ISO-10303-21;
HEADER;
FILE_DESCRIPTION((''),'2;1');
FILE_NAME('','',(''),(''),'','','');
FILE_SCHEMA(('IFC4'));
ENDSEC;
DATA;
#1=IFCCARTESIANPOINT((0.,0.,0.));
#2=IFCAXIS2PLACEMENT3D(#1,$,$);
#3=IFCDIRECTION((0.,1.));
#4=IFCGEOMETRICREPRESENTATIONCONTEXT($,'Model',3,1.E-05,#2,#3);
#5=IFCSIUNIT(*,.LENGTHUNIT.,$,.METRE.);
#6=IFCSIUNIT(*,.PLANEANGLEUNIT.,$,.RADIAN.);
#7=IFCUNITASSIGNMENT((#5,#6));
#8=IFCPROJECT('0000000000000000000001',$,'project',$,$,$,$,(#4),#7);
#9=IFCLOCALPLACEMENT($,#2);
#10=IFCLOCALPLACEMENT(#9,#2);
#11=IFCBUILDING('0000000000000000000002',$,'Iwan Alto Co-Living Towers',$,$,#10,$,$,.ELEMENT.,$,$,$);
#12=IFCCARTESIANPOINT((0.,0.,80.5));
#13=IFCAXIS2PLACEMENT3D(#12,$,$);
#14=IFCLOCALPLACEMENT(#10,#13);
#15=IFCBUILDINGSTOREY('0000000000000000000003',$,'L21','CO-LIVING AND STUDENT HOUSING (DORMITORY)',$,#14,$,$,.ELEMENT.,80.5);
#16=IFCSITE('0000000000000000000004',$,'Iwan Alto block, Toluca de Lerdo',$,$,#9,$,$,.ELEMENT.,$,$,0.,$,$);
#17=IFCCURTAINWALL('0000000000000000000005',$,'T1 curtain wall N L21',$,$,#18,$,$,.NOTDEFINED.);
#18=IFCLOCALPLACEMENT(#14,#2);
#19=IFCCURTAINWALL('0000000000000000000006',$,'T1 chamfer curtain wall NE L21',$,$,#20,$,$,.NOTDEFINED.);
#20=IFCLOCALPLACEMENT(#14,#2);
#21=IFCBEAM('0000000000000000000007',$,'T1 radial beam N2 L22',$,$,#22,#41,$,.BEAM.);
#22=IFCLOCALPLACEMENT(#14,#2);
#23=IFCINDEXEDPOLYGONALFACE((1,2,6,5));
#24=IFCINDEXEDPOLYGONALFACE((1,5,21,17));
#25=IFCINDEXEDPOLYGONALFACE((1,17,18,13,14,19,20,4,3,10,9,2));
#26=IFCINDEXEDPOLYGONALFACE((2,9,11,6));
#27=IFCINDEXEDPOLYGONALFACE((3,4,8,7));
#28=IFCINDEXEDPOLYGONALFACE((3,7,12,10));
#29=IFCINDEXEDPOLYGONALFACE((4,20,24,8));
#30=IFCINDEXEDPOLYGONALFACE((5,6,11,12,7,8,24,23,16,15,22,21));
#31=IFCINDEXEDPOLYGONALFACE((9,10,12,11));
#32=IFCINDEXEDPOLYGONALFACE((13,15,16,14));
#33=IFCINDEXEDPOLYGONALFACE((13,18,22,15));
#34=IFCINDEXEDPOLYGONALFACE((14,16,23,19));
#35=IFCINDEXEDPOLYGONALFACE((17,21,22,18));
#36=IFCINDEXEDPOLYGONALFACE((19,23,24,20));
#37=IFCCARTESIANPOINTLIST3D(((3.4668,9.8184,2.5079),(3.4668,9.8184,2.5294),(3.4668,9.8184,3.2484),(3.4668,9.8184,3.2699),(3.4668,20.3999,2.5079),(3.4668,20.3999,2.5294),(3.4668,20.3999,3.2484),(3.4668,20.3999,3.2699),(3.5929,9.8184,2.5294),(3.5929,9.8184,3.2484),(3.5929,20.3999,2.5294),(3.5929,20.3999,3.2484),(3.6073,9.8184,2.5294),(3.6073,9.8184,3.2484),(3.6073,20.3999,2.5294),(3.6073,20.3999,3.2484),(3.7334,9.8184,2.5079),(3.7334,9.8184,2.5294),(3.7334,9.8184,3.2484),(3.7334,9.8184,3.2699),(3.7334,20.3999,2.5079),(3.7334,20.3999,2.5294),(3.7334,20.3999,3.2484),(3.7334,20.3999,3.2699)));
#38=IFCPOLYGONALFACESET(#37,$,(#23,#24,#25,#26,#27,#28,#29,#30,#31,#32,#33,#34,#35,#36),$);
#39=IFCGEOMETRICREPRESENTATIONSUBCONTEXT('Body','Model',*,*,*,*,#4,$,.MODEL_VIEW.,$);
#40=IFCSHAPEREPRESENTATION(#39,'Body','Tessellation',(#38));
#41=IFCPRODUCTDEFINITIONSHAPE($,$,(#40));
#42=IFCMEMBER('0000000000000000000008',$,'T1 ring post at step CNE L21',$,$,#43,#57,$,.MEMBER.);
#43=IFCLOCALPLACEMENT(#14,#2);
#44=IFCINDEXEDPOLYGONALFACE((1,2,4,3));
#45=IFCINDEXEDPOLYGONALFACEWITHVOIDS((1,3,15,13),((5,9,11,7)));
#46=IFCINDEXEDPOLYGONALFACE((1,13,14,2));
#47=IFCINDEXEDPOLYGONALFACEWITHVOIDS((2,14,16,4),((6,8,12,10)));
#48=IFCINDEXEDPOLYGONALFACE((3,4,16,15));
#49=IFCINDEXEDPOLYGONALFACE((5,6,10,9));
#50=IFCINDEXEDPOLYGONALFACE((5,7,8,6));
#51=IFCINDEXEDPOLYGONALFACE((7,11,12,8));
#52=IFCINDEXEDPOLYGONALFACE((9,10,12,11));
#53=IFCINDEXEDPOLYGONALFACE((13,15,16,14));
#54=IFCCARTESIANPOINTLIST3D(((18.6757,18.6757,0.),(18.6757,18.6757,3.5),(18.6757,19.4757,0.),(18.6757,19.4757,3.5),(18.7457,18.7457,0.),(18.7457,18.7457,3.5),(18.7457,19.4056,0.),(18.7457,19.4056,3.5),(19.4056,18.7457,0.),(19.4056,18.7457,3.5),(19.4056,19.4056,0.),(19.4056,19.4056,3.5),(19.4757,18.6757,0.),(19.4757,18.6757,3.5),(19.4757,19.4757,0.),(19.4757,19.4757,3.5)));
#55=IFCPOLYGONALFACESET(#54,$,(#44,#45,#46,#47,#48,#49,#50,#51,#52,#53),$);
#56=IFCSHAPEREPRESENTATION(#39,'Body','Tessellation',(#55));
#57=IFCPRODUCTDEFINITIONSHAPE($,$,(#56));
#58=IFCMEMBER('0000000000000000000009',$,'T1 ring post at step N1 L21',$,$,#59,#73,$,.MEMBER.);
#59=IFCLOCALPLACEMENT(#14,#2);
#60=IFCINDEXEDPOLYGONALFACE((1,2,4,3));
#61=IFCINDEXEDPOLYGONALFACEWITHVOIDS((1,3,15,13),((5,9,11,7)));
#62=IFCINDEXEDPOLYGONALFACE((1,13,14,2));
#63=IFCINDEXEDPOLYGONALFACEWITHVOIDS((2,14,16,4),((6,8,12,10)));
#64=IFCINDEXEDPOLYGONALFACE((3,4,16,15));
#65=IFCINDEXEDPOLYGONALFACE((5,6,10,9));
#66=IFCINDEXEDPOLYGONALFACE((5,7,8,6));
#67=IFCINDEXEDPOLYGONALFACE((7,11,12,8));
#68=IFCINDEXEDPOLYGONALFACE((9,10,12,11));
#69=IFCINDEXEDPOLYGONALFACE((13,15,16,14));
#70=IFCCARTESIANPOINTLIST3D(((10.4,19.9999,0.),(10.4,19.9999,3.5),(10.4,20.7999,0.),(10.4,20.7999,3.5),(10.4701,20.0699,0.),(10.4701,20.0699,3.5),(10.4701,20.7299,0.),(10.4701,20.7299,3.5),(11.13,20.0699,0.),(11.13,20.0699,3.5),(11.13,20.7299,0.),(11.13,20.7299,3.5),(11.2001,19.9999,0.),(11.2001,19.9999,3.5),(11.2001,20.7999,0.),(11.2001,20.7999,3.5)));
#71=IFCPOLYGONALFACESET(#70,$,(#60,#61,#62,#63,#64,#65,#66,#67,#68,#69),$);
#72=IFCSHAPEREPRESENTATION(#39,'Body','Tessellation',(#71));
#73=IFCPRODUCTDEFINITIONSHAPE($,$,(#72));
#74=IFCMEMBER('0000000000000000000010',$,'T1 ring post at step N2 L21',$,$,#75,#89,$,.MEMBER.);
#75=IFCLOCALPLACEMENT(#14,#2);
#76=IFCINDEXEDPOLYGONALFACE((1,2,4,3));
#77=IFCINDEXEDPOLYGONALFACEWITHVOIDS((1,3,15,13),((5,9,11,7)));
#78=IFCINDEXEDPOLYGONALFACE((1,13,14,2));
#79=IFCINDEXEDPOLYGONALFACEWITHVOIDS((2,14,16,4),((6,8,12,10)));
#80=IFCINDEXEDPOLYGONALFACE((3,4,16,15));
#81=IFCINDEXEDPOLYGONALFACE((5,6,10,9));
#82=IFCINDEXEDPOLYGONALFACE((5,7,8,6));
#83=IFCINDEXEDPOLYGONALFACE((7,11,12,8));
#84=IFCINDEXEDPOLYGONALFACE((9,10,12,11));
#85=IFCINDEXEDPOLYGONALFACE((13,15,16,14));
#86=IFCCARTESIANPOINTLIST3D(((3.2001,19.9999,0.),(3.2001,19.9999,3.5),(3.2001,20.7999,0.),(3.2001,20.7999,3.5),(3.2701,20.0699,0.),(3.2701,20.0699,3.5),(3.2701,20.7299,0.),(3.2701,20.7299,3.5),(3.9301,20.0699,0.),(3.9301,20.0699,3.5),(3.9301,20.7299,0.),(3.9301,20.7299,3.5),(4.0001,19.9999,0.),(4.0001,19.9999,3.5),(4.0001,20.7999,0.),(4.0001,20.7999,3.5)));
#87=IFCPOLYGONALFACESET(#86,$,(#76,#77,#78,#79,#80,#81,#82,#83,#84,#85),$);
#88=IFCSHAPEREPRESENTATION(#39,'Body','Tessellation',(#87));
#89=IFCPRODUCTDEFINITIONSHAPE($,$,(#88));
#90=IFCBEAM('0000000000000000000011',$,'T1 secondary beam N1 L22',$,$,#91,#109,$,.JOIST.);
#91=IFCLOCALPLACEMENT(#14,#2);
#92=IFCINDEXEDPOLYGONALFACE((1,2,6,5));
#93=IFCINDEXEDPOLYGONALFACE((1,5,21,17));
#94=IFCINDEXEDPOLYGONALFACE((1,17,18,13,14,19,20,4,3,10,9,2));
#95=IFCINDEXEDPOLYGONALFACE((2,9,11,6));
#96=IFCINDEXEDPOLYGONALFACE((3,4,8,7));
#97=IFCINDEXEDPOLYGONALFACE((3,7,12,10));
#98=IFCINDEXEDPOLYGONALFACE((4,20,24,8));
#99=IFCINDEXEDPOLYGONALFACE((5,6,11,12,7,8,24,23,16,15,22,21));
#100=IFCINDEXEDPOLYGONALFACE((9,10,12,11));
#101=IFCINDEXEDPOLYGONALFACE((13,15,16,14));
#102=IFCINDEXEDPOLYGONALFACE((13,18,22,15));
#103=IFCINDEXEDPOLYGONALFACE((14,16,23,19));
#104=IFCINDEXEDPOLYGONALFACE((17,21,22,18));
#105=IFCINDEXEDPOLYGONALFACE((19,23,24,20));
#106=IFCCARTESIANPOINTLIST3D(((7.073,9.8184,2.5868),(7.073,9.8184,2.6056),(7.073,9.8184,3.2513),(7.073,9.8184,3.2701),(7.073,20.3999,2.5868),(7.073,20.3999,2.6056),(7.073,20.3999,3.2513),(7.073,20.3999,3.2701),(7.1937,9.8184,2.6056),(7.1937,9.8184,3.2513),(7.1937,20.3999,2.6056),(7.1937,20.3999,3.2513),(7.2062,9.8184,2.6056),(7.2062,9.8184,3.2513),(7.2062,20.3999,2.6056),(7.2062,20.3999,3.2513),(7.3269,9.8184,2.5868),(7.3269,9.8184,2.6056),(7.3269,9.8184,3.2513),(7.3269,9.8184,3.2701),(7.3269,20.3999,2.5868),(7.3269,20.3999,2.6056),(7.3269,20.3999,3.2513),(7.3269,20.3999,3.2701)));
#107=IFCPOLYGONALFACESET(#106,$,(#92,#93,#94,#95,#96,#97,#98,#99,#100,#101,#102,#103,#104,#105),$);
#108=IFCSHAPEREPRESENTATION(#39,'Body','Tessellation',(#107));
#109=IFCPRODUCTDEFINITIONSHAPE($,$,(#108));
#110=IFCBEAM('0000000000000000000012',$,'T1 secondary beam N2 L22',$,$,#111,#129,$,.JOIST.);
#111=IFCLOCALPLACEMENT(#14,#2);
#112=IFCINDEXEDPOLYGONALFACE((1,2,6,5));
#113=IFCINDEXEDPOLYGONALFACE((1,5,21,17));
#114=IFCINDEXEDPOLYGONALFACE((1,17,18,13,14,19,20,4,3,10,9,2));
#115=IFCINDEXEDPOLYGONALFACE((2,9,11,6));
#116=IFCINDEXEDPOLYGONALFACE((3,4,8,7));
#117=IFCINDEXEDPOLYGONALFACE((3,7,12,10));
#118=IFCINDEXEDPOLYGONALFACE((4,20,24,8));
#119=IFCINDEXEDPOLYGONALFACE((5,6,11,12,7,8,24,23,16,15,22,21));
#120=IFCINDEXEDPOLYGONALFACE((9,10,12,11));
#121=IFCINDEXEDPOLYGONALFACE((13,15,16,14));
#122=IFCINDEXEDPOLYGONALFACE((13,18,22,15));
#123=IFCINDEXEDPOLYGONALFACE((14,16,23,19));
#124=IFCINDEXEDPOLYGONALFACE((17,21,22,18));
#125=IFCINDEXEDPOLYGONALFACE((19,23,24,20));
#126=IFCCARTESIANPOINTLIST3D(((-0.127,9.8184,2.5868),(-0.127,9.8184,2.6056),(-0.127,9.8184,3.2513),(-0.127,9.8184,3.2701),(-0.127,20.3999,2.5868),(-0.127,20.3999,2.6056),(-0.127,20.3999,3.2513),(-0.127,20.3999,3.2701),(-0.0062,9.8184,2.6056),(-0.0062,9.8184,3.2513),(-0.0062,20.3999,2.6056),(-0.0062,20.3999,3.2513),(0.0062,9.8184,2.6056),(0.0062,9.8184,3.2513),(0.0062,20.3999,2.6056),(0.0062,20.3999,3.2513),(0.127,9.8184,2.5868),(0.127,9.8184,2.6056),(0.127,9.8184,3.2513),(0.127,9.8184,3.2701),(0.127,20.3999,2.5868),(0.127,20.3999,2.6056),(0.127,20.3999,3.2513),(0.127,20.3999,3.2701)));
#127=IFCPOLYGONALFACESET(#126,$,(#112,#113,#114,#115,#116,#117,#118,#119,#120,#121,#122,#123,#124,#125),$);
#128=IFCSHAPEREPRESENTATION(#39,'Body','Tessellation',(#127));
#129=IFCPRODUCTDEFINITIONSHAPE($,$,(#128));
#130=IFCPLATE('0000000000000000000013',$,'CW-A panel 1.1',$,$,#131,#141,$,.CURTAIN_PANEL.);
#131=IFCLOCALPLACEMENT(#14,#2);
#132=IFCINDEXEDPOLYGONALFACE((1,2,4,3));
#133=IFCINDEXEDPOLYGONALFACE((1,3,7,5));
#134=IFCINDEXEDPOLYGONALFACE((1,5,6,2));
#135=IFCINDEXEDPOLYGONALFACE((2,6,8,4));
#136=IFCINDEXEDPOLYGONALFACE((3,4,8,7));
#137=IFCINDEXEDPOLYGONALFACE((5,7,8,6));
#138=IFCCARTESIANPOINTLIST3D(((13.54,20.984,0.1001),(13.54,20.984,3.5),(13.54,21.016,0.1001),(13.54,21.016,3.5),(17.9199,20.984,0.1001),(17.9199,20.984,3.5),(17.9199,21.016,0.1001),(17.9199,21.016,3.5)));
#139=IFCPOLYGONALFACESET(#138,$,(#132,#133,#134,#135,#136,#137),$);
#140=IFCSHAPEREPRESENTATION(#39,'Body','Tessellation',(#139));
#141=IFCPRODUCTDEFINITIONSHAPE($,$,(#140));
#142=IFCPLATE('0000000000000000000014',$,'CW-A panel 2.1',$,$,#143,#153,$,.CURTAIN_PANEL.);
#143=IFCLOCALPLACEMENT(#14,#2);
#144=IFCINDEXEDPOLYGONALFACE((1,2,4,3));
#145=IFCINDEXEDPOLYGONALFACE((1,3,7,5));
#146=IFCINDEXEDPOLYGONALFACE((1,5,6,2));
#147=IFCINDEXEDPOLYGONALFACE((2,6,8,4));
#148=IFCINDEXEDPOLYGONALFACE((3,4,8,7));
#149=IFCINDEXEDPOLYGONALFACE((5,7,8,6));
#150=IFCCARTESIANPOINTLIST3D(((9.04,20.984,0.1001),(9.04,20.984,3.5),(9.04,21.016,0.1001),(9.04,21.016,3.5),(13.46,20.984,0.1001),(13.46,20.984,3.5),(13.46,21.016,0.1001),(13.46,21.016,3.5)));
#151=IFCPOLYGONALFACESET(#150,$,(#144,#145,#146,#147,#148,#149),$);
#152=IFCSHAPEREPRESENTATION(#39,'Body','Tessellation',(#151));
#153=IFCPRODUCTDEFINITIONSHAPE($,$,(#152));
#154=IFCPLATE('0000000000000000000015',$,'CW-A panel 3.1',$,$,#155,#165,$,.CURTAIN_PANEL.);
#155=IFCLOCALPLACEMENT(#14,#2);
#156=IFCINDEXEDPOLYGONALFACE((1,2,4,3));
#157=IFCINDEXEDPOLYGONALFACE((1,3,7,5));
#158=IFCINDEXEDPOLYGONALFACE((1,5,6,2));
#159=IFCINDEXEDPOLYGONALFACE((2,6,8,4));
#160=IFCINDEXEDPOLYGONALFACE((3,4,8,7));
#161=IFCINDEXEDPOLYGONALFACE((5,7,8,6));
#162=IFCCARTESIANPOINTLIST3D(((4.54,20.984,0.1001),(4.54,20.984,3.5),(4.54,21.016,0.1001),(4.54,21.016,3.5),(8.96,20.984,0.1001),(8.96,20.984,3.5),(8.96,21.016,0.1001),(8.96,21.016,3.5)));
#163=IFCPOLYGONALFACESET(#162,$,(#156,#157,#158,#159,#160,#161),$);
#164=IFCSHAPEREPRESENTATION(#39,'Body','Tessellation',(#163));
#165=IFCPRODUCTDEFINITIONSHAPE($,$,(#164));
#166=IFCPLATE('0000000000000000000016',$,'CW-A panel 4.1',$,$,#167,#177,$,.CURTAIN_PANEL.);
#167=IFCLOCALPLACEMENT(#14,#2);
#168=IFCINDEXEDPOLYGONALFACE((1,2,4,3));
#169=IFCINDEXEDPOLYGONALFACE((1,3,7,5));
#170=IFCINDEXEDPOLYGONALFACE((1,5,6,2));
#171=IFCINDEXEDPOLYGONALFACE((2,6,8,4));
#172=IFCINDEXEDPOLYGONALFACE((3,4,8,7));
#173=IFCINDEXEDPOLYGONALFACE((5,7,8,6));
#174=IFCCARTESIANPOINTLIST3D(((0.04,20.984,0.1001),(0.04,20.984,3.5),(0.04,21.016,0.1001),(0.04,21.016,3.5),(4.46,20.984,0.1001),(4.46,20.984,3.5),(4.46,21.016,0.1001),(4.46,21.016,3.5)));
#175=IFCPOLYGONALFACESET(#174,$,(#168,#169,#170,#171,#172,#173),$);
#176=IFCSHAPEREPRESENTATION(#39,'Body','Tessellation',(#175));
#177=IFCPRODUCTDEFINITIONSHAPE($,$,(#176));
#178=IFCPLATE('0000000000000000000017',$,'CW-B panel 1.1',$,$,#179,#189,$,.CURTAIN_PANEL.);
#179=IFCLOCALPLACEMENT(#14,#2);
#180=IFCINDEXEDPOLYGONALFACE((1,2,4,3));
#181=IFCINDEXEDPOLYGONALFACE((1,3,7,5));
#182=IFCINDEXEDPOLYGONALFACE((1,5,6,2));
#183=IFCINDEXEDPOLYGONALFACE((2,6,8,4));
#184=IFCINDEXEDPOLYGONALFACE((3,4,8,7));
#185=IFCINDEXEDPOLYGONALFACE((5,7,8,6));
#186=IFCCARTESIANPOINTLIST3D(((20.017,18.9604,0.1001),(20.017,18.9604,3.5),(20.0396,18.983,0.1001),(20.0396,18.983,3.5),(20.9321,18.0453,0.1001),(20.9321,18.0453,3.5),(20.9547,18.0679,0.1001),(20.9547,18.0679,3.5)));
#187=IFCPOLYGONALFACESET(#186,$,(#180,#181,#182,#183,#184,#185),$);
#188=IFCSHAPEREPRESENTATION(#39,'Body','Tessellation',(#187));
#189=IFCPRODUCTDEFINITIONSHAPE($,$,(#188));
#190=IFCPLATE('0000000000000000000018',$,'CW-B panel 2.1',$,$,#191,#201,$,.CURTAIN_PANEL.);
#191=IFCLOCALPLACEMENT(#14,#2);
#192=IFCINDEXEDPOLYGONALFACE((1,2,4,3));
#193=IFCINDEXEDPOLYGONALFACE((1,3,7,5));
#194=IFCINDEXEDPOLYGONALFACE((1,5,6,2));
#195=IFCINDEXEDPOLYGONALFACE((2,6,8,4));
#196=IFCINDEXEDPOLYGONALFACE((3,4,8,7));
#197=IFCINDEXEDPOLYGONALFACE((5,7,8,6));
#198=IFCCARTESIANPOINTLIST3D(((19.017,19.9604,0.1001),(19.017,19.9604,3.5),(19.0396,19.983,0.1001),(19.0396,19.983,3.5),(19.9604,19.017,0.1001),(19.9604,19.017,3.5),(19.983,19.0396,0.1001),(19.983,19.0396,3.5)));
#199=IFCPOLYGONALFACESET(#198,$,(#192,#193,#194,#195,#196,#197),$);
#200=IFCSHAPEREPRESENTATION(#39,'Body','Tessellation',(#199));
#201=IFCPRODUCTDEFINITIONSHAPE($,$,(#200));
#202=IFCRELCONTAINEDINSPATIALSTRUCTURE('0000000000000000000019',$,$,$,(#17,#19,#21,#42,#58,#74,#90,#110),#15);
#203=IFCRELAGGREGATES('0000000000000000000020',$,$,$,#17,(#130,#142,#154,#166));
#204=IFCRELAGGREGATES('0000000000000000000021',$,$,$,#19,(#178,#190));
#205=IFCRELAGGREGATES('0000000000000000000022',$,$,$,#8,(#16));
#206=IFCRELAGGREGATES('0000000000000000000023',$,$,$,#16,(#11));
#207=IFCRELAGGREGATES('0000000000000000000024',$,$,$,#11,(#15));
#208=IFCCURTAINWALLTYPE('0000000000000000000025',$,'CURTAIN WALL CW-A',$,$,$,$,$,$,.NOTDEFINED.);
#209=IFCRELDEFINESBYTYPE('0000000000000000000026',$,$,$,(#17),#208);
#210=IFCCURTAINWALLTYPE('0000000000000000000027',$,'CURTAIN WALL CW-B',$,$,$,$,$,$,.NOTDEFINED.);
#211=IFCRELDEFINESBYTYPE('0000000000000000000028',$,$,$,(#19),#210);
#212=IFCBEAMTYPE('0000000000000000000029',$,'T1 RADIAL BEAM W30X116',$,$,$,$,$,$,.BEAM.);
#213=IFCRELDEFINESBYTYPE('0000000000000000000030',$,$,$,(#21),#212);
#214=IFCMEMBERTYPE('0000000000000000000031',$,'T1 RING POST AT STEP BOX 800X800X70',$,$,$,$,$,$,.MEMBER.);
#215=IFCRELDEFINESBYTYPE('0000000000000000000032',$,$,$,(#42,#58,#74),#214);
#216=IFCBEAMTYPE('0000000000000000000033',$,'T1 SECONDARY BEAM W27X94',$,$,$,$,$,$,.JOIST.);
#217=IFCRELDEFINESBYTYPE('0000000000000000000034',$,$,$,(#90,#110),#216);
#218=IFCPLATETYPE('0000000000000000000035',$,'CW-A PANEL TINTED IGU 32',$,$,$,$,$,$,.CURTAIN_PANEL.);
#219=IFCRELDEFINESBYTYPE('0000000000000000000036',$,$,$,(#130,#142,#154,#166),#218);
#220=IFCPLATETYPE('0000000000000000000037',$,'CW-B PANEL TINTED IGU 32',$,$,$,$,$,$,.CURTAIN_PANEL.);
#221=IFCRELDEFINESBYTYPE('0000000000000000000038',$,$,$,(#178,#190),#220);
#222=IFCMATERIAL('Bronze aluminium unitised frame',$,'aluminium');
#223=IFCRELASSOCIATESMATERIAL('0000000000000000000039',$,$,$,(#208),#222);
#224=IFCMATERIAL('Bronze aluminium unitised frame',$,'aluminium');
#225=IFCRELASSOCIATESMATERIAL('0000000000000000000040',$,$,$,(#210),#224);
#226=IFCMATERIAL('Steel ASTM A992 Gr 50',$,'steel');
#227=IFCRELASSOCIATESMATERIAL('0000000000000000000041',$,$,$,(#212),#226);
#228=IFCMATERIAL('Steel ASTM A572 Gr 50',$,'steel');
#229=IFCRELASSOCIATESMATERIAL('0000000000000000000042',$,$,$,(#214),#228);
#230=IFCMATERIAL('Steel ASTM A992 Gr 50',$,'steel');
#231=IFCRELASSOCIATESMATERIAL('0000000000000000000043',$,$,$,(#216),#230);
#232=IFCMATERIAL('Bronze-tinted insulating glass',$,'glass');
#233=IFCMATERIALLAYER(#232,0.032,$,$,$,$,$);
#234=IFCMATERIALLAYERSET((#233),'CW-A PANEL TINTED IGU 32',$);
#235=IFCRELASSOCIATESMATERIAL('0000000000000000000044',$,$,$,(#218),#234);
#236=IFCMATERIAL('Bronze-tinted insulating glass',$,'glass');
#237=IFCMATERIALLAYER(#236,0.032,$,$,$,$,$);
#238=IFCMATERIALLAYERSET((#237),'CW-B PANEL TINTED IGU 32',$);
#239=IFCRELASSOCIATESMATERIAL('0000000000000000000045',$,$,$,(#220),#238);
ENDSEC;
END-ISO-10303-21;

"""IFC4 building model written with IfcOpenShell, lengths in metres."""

from ifc_helpers import new_model, si_unit, direction, frame, origin, origin_2d, place, context, subcontext, project, spatial, rectangle, hollow_rectangle, i_section, extrude, material, layer, layer_set, material_profile, profile_set, type_object, element, aggregate, save


model = new_model("IFC4")

# Units and contexts
model_context = context("Model", 3, precision=1e-05, world=origin(), true_north=direction((0.0, 1.0)))
body_context = subcontext(model_context, "Body", "Model", "MODEL_VIEW")
ifc_project = project(units=[si_unit("LENGTHUNIT", "METRE"), si_unit("PLANEANGLEUNIT", "RADIAN")], contexts=[model_context])

# Site, building, storey
site_placement = place(None, origin())
site = spatial("IfcSite", under=ifc_project, at=site_placement, Name="Iwan Alto block, Toluca de Lerdo", CompositionType="ELEMENT", RefElevation=0.0)
building_placement = place(site_placement, origin())
building = spatial("IfcBuilding", under=site, at=building_placement, Name="Iwan Alto Co-Living Towers", CompositionType="ELEMENT")
storey_placement = place(building_placement, frame((0.0, 0.0, 80.5)))
storey = spatial("IfcBuildingStorey", under=building, at=storey_placement, Name="L21", Description="CO-LIVING AND STUDENT HOUSING (DORMITORY)", CompositionType="ELEMENT", Elevation=80.5)

# Curtain walls
ifc_material_1 = material(Name="Bronze aluminium unitised frame", Category="aluminium")
curtain_wall_type_1 = type_object("IfcCurtainWallType", Name="CURTAIN WALL CW-A", PredefinedType="NOTDEFINED", material=ifc_material_1)
curtain_wall_1_placement = place(storey_placement, origin())
curtain_wall_1 = element("IfcCurtainWall", 1, at=curtain_wall_1_placement, inside=storey, type_object=curtain_wall_type_1, Name="T1 curtain wall N L21", PredefinedType="NOTDEFINED")
ifc_material_2 = material(Name="Bronze aluminium unitised frame", Category="aluminium")
curtain_wall_type_2 = type_object("IfcCurtainWallType", Name="CURTAIN WALL CW-B", PredefinedType="NOTDEFINED", material=ifc_material_2)
curtain_wall_2_placement = place(storey_placement, origin())
curtain_wall_2 = element("IfcCurtainWall", 2, at=curtain_wall_2_placement, inside=storey, type_object=curtain_wall_type_2, Name="T1 chamfer curtain wall NE L21", PredefinedType="NOTDEFINED")

# Beam
ifc_material_3 = material(Name="Steel ASTM A992 Gr 50", Category="steel")
ifc_material_profile_1 = material_profile(ifc_material_3, i_section(OverallWidth=0.2666, OverallDepth=0.762, WebThickness=0.0144, FlangeThickness=0.0215, at=origin_2d()), Name="W30X116")
ifc_profile_set_1 = profile_set([ifc_material_profile_1], Name="Steel ASTM A992 Gr 50")
beam_type_1 = type_object("IfcBeamType", Name="T1 RADIAL BEAM W30X116", PredefinedType="BEAM", material=ifc_profile_set_1)
beam_1_placement = place(storey_placement, frame((3.6001, 20.3999, 2.8889), z_axis=(0.0, -1.0, 0.0), x_axis=(1.0, 0.0, 0.0)))
element("IfcBeam", 3, at=beam_1_placement, inside=storey, type_object=beam_type_1, Name="T1 radial beam N2 L22", PredefinedType="BEAM", context=body_context, shape_type="SweptSolid", body=[
    extrude(i_section(OverallWidth=0.2666, OverallDepth=0.762, WebThickness=0.0144, FlangeThickness=0.0215, at=origin_2d()), origin(), (0.0, 0.0, 1.0), 10.5815),
])

# Members
ifc_material_4 = material(Name="Steel ASTM A572 Gr 50", Category="steel")
ifc_material_profile_2 = material_profile(ifc_material_4, hollow_rectangle(XDim=0.8, YDim=0.8, WallThickness=0.0701, at=origin_2d()), Name="BOX 800X800X70")
ifc_profile_set_2 = profile_set([ifc_material_profile_2], Name="Steel ASTM A572 Gr 50")
member_type_1 = type_object("IfcMemberType", Name="T1 RING POST AT STEP BOX 800X800X70", PredefinedType="MEMBER", material=ifc_profile_set_2)
for number, where, z_axis, x_axis, name in (
    (4, (19.0757, 19.0757, 0.0), (0.0, 0.0, 1.0), (1.0, 0.0, 0.0), "T1 ring post at step CNE L21"),
    (5, (10.8, 20.3999, 0.0), (0.0, 0.0, 1.0), (1.0, 0.0, 0.0), "T1 ring post at step N1 L21"),
    (6, (3.6001, 20.3999, 0.0), (0.0, 0.0, 1.0), (1.0, 0.0, 0.0), "T1 ring post at step N2 L21"),
):
    element("IfcMember", number, at=place(storey_placement, frame(where, z_axis=z_axis, x_axis=x_axis)), inside=storey, type_object=member_type_1, Name=name, PredefinedType="MEMBER", context=body_context, shape_type="SweptSolid", body=[
        extrude(hollow_rectangle(XDim=0.8, YDim=0.8, WallThickness=0.0701, at=origin_2d()), origin(), (0.0, 0.0, 1.0), 3.5),
    ])

# Beams
ifc_material_5 = material(Name="Steel ASTM A992 Gr 50", Category="steel")
ifc_material_profile_3 = material_profile(ifc_material_5, i_section(OverallWidth=0.2539, OverallDepth=0.6833, WebThickness=0.0125, FlangeThickness=0.0188, at=origin_2d()), Name="W27X94")
ifc_profile_set_3 = profile_set([ifc_material_profile_3], Name="Steel ASTM A992 Gr 50")
beam_type_2 = type_object("IfcBeamType", Name="T1 SECONDARY BEAM W27X94", PredefinedType="JOIST", material=ifc_profile_set_3)
for number, where, z_axis, x_axis, name in (
    (7, (7.2, 20.3999, 2.9285), (0.0, -1.0, 0.0), (1.0, 0.0, 0.0), "T1 secondary beam N1 L22"),
    (8, (0.0, 20.3999, 2.9285), (0.0, -1.0, 0.0), (1.0, 0.0, 0.0), "T1 secondary beam N2 L22"),
):
    element("IfcBeam", number, at=place(storey_placement, frame(where, z_axis=z_axis, x_axis=x_axis)), inside=storey, type_object=beam_type_2, Name=name, PredefinedType="JOIST", context=body_context, shape_type="SweptSolid", body=[
        extrude(i_section(OverallWidth=0.2539, OverallDepth=0.6833, WebThickness=0.0125, FlangeThickness=0.0188, at=origin_2d()), origin(), (0.0, 0.0, 1.0), 10.5815),
    ])

# Plates
ifc_material_6 = material(Name="Bronze-tinted insulating glass", Category="glass")
ifc_layer_1 = layer(ifc_material_6, 0.032)
ifc_layer_set_1 = layer_set([ifc_layer_1], Name="CW-A PANEL TINTED IGU 32")
plate_type_1 = type_object("IfcPlateType", Name="CW-A PANEL TINTED IGU 32", PredefinedType="CURTAIN_PANEL", material=ifc_layer_set_1)
plate_1_placement = place(storey_placement, frame((15.73, 21.0, 0.1001), z_axis=(0.0, 0.0, 1.0), x_axis=(-1.0, 0.0, 0.0)))
plate_1 = element("IfcPlate", 9, at=plate_1_placement, type_object=plate_type_1, Name="CW-A panel 1.1", PredefinedType="CURTAIN_PANEL", context=body_context, shape_type="SweptSolid", body=[
    extrude(rectangle(XDim=4.3799, YDim=0.032, at=origin_2d()), origin(), (0.0, 0.0, 1.0), 3.3999),
])
plate_2_placement = place(storey_placement, frame((11.25, 21.0, 0.1001), z_axis=(0.0, 0.0, 1.0), x_axis=(-1.0, 0.0, 0.0)))
plate_2 = element("IfcPlate", 10, at=plate_2_placement, type_object=plate_type_1, Name="CW-A panel 2.1", PredefinedType="CURTAIN_PANEL", context=body_context, shape_type="SweptSolid", body=[
    extrude(rectangle(XDim=4.4199, YDim=0.032, at=origin_2d()), origin(), (0.0, 0.0, 1.0), 3.3999),
])
plate_3_placement = place(storey_placement, frame((6.75, 21.0, 0.1001), z_axis=(0.0, 0.0, 1.0), x_axis=(-1.0, 0.0, 0.0)))
plate_3 = element("IfcPlate", 11, at=plate_3_placement, type_object=plate_type_1, Name="CW-A panel 3.1", PredefinedType="CURTAIN_PANEL", context=body_context, shape_type="SweptSolid", body=[
    extrude(rectangle(XDim=4.4199, YDim=0.032, at=origin_2d()), origin(), (0.0, 0.0, 1.0), 3.3999),
])
plate_4_placement = place(storey_placement, frame((2.25, 21.0, 0.1001), z_axis=(0.0, 0.0, 1.0), x_axis=(-1.0, 0.0, 0.0)))
plate_4 = element("IfcPlate", 12, at=plate_4_placement, type_object=plate_type_1, Name="CW-A panel 4.1", PredefinedType="CURTAIN_PANEL", context=body_context, shape_type="SweptSolid", body=[
    extrude(rectangle(XDim=4.4199, YDim=0.032, at=origin_2d()), origin(), (0.0, 0.0, 1.0), 3.3999),
])
aggregate(curtain_wall_1, [plate_1, plate_2, plate_3, plate_4])
ifc_material_7 = material(Name="Bronze-tinted insulating glass", Category="glass")
ifc_layer_2 = layer(ifc_material_7, 0.032)
ifc_layer_set_2 = layer_set([ifc_layer_2], Name="CW-B PANEL TINTED IGU 32")
plate_type_2 = type_object("IfcPlateType", Name="CW-B PANEL TINTED IGU 32", PredefinedType="CURTAIN_PANEL", material=ifc_layer_set_2)
plate_5_placement = place(storey_placement, frame((20.4858, 18.5142, 0.1001), z_axis=(0.0, 0.0, 1.0), x_axis=(-0.707107, 0.707107, 0.0)))
plate_5 = element("IfcPlate", 13, at=plate_5_placement, type_object=plate_type_2, Name="CW-B panel 1.1", PredefinedType="CURTAIN_PANEL", context=body_context, shape_type="SweptSolid", body=[
    extrude(rectangle(XDim=1.2942, YDim=0.032, at=origin_2d()), origin(), (0.0, 0.0, 1.0), 3.3999),
])
plate_6_placement = place(storey_placement, frame((19.5, 19.5, 0.1001), z_axis=(0.0, 0.0, 1.0), x_axis=(-0.707107, 0.707107, 0.0)))
plate_6 = element("IfcPlate", 14, at=plate_6_placement, type_object=plate_type_2, Name="CW-B panel 2.1", PredefinedType="CURTAIN_PANEL", context=body_context, shape_type="SweptSolid", body=[
    extrude(rectangle(XDim=1.3342, YDim=0.032, at=origin_2d()), origin(), (0.0, 0.0, 1.0), 3.3999),
])
aggregate(curtain_wall_2, [plate_5, plate_6])

save(model, "model.ifc")
